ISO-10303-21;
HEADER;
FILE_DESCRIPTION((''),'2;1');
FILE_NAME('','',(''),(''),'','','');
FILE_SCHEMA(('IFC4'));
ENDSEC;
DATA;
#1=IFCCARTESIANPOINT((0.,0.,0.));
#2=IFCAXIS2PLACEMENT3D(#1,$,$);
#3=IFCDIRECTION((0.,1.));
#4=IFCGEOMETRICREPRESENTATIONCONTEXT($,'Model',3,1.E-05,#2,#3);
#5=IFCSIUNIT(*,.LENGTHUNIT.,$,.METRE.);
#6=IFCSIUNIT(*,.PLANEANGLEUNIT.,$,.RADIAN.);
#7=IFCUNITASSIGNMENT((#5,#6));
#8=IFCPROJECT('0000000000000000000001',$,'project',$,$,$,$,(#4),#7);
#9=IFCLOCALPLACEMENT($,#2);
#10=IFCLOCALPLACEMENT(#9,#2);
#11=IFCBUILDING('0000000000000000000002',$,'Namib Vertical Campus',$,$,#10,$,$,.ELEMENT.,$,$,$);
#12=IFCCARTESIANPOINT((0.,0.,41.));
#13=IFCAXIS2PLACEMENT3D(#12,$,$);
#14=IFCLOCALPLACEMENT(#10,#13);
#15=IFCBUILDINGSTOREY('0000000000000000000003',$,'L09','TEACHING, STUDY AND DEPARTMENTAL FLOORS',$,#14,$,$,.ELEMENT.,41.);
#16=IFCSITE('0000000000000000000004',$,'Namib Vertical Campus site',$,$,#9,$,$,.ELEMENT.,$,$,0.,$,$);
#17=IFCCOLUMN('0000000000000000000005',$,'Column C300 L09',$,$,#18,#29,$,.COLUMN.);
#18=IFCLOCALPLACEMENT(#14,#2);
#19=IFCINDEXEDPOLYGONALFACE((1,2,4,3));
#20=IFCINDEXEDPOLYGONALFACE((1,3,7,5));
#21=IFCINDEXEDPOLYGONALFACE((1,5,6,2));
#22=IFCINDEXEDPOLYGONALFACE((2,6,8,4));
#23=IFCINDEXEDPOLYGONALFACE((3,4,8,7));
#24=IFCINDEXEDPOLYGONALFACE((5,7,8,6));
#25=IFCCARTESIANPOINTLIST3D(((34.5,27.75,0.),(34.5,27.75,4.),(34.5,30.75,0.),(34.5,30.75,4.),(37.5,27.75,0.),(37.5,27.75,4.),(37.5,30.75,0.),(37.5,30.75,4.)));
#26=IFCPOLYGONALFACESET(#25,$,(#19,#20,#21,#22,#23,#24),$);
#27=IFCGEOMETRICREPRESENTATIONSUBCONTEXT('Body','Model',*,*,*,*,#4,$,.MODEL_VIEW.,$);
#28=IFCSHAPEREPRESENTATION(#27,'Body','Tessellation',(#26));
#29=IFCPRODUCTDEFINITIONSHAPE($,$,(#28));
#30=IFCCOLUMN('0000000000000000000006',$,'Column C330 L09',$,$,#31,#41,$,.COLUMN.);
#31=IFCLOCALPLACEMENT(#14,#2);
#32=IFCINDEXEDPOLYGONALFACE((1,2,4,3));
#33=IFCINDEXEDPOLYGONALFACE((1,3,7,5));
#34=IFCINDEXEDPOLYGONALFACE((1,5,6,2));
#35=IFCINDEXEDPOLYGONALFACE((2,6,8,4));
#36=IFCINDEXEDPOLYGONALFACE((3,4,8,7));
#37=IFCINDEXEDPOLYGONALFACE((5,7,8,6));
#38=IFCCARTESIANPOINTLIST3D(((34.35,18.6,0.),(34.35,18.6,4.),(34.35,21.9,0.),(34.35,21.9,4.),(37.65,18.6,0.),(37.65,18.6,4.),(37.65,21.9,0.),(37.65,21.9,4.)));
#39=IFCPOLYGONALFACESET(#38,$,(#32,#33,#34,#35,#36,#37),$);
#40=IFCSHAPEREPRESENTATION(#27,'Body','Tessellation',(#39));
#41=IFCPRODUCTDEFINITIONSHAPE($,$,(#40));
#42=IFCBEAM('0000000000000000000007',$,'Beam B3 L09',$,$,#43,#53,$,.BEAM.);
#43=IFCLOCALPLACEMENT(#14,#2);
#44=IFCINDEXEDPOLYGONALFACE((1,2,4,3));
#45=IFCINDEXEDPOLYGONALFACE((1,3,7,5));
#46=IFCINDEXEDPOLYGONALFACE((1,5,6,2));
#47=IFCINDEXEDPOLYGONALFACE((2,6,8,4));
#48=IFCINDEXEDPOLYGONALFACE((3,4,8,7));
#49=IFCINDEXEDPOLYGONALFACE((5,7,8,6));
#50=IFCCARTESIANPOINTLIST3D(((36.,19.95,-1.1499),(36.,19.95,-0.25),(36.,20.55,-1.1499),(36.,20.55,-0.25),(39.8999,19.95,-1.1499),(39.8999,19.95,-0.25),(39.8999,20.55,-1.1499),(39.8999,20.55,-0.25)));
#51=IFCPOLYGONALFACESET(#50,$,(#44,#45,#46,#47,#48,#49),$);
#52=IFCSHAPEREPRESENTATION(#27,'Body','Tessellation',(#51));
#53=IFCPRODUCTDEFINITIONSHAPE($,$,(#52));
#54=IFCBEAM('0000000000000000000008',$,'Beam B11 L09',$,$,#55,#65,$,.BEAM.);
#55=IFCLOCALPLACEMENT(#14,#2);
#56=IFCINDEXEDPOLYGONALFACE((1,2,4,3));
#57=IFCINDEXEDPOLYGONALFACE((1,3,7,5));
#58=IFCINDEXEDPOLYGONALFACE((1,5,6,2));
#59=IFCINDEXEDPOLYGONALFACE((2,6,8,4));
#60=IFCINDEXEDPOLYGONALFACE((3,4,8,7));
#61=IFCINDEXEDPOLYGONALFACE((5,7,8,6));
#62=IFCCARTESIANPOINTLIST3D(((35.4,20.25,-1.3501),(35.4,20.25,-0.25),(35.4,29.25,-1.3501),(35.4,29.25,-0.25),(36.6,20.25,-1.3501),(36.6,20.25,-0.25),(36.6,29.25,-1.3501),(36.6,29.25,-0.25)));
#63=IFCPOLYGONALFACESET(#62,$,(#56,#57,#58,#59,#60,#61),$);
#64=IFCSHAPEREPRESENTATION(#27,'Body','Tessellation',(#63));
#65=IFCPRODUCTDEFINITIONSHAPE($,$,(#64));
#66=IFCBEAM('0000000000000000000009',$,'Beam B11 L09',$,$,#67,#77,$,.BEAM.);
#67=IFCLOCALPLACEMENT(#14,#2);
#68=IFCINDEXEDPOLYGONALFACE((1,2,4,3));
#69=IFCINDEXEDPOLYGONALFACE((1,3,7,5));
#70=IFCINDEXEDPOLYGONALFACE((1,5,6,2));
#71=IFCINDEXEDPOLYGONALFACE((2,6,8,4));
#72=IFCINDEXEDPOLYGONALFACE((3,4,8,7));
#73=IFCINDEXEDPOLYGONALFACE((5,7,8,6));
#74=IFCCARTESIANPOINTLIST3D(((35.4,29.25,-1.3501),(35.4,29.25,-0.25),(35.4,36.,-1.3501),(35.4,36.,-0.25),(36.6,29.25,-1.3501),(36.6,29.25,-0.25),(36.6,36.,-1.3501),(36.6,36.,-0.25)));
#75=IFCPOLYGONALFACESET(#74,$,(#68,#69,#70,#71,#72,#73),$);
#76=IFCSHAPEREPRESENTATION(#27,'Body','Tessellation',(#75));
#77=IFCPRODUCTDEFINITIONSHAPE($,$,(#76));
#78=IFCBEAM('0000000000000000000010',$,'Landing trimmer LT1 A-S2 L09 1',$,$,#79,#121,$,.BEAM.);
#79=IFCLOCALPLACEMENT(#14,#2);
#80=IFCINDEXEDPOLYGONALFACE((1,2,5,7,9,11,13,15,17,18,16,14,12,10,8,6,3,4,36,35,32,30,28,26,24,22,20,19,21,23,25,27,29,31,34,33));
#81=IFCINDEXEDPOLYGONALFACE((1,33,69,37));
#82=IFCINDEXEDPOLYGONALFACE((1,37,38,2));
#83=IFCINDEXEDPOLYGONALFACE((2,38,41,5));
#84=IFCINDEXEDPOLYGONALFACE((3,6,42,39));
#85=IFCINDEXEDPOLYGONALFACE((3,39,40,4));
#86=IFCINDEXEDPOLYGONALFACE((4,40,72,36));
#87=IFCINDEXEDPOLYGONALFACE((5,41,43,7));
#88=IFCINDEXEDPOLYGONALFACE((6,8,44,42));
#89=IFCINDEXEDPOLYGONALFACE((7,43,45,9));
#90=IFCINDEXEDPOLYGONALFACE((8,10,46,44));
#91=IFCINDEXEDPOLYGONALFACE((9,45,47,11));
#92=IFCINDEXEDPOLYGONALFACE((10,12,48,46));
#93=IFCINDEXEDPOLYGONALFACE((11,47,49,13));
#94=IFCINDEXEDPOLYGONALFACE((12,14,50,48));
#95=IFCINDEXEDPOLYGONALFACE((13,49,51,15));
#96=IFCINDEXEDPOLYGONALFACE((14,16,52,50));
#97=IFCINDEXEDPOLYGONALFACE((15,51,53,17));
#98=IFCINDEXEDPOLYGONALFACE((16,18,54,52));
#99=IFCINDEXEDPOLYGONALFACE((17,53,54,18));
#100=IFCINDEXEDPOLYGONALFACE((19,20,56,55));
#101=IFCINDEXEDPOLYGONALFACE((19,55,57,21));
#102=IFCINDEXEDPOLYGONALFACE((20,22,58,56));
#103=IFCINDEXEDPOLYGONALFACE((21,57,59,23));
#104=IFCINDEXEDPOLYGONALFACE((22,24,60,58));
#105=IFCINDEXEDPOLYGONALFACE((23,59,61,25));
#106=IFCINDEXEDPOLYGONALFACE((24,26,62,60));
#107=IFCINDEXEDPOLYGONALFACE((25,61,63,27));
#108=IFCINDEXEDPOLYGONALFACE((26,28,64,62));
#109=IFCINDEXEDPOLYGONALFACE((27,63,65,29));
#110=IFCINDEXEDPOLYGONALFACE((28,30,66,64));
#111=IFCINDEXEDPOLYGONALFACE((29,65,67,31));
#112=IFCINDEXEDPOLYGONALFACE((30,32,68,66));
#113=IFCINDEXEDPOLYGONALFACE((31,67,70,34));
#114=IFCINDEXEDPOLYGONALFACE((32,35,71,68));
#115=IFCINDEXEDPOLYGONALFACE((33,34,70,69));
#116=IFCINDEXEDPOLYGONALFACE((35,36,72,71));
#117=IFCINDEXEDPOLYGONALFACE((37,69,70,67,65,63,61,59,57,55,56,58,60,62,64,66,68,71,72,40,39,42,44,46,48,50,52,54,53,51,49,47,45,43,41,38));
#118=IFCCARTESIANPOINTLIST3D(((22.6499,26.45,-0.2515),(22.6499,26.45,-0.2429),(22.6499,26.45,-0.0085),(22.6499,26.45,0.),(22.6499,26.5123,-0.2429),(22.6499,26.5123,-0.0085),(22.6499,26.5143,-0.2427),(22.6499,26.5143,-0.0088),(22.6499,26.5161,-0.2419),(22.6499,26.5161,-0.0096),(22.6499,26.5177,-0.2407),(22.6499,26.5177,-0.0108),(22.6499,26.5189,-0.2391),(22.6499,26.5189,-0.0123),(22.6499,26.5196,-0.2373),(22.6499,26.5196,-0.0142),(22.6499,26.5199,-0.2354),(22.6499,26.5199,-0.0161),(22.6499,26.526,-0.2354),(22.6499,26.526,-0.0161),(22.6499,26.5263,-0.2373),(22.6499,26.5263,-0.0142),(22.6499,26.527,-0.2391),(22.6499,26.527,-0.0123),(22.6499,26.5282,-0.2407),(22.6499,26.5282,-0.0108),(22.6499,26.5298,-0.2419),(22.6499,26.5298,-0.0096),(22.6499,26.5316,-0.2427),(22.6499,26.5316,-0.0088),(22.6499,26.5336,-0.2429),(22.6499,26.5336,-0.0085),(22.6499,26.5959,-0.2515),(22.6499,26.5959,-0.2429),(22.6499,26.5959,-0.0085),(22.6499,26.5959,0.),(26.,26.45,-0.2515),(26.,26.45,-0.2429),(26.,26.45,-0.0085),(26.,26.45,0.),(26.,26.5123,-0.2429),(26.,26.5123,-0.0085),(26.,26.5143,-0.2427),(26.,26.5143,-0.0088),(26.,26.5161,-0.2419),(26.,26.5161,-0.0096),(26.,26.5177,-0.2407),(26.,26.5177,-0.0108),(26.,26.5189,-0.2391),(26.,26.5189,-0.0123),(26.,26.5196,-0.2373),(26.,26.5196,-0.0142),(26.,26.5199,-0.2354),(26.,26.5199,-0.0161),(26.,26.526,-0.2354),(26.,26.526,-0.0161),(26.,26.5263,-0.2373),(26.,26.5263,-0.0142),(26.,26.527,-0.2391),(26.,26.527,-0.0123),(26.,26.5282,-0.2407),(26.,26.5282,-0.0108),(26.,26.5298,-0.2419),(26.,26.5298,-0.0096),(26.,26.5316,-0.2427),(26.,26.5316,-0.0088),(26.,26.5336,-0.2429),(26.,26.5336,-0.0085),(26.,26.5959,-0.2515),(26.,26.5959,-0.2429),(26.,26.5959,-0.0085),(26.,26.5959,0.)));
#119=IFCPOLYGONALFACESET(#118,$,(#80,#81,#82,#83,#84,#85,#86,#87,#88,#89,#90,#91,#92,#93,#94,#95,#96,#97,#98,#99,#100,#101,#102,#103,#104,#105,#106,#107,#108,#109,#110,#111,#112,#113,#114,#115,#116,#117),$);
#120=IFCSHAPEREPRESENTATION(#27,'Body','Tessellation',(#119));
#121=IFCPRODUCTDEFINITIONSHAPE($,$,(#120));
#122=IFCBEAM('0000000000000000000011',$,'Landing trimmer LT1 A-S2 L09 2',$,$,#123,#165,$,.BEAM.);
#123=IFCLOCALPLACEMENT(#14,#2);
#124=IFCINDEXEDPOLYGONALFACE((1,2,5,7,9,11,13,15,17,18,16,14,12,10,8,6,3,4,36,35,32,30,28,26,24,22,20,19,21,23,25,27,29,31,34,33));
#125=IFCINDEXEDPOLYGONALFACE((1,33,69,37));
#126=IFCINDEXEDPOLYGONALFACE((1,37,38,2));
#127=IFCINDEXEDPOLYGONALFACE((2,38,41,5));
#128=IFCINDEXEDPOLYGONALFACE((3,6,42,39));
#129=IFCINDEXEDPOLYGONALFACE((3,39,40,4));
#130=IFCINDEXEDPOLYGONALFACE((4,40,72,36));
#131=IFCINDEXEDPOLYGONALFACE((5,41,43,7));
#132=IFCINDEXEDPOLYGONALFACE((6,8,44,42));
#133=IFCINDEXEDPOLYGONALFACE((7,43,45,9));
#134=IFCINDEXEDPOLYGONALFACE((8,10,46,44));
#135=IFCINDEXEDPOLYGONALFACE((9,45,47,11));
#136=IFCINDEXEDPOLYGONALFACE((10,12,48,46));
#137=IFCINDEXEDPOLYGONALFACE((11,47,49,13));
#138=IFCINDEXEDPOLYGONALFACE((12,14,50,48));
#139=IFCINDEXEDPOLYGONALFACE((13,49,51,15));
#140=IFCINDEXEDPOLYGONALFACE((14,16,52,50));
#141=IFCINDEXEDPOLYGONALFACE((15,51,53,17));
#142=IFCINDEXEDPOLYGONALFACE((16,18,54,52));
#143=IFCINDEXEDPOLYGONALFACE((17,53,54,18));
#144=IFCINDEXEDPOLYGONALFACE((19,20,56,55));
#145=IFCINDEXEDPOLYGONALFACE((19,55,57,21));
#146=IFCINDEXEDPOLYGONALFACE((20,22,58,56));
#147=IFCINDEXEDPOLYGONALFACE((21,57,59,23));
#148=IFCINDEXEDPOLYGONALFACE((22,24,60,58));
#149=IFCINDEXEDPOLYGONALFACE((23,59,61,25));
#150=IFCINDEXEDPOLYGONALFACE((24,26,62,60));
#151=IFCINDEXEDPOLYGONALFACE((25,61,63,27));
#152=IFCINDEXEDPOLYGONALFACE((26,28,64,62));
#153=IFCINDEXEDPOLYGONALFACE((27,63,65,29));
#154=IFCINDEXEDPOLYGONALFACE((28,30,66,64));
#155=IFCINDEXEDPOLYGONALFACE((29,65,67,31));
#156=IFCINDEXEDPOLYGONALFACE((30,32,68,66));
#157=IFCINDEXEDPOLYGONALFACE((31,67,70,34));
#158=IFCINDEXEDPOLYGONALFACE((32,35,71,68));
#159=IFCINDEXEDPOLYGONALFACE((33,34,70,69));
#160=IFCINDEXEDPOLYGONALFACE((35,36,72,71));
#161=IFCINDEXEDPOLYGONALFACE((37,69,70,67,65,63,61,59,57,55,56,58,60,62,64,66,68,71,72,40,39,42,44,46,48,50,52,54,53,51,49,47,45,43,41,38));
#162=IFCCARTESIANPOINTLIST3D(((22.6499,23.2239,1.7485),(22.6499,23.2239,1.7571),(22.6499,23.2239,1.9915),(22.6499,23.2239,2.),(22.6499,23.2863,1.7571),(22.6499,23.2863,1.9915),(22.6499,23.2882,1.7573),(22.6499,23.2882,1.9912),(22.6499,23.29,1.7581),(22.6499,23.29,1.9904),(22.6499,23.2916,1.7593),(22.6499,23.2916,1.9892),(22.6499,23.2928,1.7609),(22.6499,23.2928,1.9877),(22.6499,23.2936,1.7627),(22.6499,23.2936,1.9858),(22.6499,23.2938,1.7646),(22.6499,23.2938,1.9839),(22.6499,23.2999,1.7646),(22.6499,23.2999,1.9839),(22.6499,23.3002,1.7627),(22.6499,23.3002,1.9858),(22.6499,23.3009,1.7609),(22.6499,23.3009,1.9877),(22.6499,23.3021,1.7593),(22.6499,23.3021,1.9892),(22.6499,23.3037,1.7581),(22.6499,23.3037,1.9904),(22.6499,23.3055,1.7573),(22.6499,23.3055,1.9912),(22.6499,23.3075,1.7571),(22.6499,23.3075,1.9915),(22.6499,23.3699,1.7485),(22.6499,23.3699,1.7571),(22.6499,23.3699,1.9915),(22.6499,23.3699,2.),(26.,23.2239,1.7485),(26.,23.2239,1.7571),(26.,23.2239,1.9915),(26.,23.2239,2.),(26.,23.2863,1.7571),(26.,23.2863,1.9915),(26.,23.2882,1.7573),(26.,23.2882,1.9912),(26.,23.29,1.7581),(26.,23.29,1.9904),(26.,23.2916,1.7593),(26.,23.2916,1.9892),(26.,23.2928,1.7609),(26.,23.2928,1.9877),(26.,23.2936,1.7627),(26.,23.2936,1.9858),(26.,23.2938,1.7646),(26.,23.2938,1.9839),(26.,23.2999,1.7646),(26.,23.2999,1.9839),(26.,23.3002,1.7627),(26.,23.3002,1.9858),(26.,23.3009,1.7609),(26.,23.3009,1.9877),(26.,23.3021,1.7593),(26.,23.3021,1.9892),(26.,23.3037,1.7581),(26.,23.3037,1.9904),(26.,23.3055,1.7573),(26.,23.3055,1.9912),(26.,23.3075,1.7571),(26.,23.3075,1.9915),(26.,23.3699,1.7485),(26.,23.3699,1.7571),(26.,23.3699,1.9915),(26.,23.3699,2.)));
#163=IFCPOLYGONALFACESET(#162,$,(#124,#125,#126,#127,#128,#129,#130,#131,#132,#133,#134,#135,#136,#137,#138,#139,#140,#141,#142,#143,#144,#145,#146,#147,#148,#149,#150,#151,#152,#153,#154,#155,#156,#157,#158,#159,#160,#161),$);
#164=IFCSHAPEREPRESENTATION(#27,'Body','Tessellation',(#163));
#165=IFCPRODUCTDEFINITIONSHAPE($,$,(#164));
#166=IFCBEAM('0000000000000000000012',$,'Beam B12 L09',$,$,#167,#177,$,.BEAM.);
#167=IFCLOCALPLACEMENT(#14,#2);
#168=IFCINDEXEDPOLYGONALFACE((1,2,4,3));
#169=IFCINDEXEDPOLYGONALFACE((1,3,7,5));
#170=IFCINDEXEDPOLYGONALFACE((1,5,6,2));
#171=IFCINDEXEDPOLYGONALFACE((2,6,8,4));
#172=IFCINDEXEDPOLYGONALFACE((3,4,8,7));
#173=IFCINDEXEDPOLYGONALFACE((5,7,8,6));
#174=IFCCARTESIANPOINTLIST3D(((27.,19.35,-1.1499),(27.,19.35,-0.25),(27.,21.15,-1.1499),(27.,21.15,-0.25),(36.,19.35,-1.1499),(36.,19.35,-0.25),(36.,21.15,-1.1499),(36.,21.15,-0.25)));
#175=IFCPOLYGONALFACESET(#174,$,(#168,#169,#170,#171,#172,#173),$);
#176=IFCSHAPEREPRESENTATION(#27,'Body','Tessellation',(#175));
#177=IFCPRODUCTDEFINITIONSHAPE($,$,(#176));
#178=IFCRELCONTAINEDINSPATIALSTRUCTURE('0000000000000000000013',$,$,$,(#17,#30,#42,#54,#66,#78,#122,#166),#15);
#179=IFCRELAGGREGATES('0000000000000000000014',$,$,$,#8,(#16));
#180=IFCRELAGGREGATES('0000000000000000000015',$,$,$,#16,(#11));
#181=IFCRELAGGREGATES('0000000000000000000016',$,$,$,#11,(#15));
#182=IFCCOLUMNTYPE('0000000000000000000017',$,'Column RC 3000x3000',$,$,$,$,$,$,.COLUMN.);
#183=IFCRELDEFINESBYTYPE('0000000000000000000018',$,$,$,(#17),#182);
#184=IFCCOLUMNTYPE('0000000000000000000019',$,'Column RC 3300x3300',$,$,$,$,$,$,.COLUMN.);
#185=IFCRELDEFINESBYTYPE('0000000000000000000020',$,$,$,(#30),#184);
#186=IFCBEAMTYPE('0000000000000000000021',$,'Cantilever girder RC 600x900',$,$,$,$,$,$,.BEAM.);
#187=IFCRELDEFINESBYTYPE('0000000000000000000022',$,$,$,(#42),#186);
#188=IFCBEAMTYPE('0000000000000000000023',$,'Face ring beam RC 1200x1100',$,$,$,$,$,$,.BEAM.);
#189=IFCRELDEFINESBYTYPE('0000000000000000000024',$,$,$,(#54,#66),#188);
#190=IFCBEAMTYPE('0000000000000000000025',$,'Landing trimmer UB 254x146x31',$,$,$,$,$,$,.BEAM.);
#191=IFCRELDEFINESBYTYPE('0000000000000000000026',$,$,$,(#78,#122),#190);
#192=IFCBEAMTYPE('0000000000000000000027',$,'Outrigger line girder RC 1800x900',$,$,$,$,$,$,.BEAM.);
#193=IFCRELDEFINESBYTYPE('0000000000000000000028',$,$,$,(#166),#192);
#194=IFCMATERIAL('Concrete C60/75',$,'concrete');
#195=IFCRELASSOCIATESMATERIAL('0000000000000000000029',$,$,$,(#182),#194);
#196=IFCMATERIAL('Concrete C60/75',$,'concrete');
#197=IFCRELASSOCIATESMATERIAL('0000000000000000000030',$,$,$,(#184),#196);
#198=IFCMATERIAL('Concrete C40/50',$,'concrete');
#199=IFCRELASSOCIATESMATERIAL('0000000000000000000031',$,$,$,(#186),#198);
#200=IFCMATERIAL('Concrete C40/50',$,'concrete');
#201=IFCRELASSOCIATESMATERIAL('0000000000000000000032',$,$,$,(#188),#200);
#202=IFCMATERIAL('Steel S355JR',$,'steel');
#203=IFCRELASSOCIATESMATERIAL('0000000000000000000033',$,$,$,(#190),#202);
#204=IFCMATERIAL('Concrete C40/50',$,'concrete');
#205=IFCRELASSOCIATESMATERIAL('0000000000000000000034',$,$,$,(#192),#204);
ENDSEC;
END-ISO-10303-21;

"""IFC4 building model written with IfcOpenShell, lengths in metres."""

from ifc_helpers import new_model, si_unit, direction, frame, origin, origin_2d, place, context, subcontext, project, spatial, rectangle, i_section, extrude, material, material_profile, profile_set, type_object, element, save


model = new_model("IFC4")

# Units and contexts
model_context = context("Model", 3, precision=1e-05, world=origin(), true_north=direction((0.0, 1.0)))
body_context = subcontext(model_context, "Body", "Model", "MODEL_VIEW")
ifc_project = project(units=[si_unit("LENGTHUNIT", "METRE"), si_unit("PLANEANGLEUNIT", "RADIAN")], contexts=[model_context])

# Site, building, storey
site_placement = place(None, origin())
site = spatial("IfcSite", under=ifc_project, at=site_placement, Name="Namib Vertical Campus site", CompositionType="ELEMENT", RefElevation=0.0)
building_placement = place(site_placement, origin())
building = spatial("IfcBuilding", under=site, at=building_placement, Name="Namib Vertical Campus", CompositionType="ELEMENT")
storey_placement = place(building_placement, frame((0.0, 0.0, 41.0)))
storey = spatial("IfcBuildingStorey", under=building, at=storey_placement, Name="L09", Description="TEACHING, STUDY AND DEPARTMENTAL FLOORS", CompositionType="ELEMENT", Elevation=41.0)

# Columns
ifc_material_1 = material(Name="Concrete C60/75", Category="concrete")
ifc_material_profile_1 = material_profile(ifc_material_1, rectangle(XDim=3.0, YDim=3.0, at=origin_2d()))
ifc_profile_set_1 = profile_set([ifc_material_profile_1], Name="Concrete C60/75")
column_type_1 = type_object("IfcColumnType", Name="Column RC 3000x3000", PredefinedType="COLUMN", material=ifc_profile_set_1)
column_1_placement = place(storey_placement, frame((36.0, 29.25, 0.0), z_axis=(0.0, 0.0, 1.0), x_axis=(1.0, 0.0, 0.0)))
element("IfcColumn", 1, at=column_1_placement, inside=storey, type_object=column_type_1, Name="Column C300 L09", PredefinedType="COLUMN", context=body_context, shape_type="SweptSolid", body=[
    extrude(rectangle(XDim=3.0, YDim=3.0, at=origin_2d()), origin(), (0.0, 0.0, 1.0), 4.0),
])
ifc_material_2 = material(Name="Concrete C60/75", Category="concrete")
ifc_material_profile_2 = material_profile(ifc_material_2, rectangle(XDim=3.3, YDim=3.3, at=origin_2d()))
ifc_profile_set_2 = profile_set([ifc_material_profile_2], Name="Concrete C60/75")
column_type_2 = type_object("IfcColumnType", Name="Column RC 3300x3300", PredefinedType="COLUMN", material=ifc_profile_set_2)
column_2_placement = place(storey_placement, frame((36.0, 20.25, 0.0), z_axis=(0.0, 0.0, 1.0), x_axis=(1.0, 0.0, 0.0)))
element("IfcColumn", 2, at=column_2_placement, inside=storey, type_object=column_type_2, Name="Column C330 L09", PredefinedType="COLUMN", context=body_context, shape_type="SweptSolid", body=[
    extrude(rectangle(XDim=3.3, YDim=3.3, at=origin_2d()), origin(), (0.0, 0.0, 1.0), 4.0),
])

# Beams
ifc_material_3 = material(Name="Concrete C40/50", Category="concrete")
ifc_material_profile_3 = material_profile(ifc_material_3, rectangle(XDim=0.6001, YDim=0.8999, at=origin_2d()))
ifc_profile_set_3 = profile_set([ifc_material_profile_3], Name="Concrete C40/50")
beam_type_1 = type_object("IfcBeamType", Name="Cantilever girder RC 600x900", PredefinedType="BEAM", material=ifc_profile_set_3)
beam_1_placement = place(storey_placement, frame((36.0, 20.25, -0.7), z_axis=(1.0, 0.0, 0.0), x_axis=(0.0, 1.0, 0.0)))
element("IfcBeam", 3, at=beam_1_placement, inside=storey, type_object=beam_type_1, Name="Beam B3 L09", PredefinedType="BEAM", context=body_context, shape_type="SweptSolid", body=[
    extrude(rectangle(XDim=0.6001, YDim=0.8999, at=origin_2d()), origin(), (0.0, 0.0, 1.0), 3.8999),
])
ifc_material_4 = material(Name="Concrete C40/50", Category="concrete")
ifc_material_profile_4 = material_profile(ifc_material_4, rectangle(XDim=1.2, YDim=1.1001, at=origin_2d()))
ifc_profile_set_4 = profile_set([ifc_material_profile_4], Name="Concrete C40/50")
beam_type_2 = type_object("IfcBeamType", Name="Face ring beam RC 1200x1100", PredefinedType="BEAM", material=ifc_profile_set_4)
beam_2_placement = place(storey_placement, frame((36.0, 20.25, -0.8), z_axis=(0.0, 1.0, 0.0), x_axis=(-1.0, 0.0, 0.0)))
element("IfcBeam", 4, at=beam_2_placement, inside=storey, type_object=beam_type_2, Name="Beam B11 L09", PredefinedType="BEAM", context=body_context, shape_type="SweptSolid", body=[
    extrude(rectangle(XDim=1.2, YDim=1.1001, at=origin_2d()), origin(), (0.0, 0.0, 1.0), 9.0),
])
beam_3_placement = place(storey_placement, frame((36.0, 29.25, -0.8), z_axis=(0.0, 1.0, 0.0), x_axis=(-1.0, 0.0, 0.0)))
element("IfcBeam", 5, at=beam_3_placement, inside=storey, type_object=beam_type_2, Name="Beam B11 L09", PredefinedType="BEAM", context=body_context, shape_type="SweptSolid", body=[
    extrude(rectangle(XDim=1.2, YDim=1.1001, at=origin_2d()), origin(), (0.0, 0.0, 1.0), 6.75),
])
ifc_material_5 = material(Name="Steel S355JR", Category="steel")
ifc_material_profile_5 = material_profile(ifc_material_5, i_section(OverallWidth=0.146, OverallDepth=0.2515, WebThickness=0.0061, FlangeThickness=0.0085, FilletRadius=0.0076, at=origin_2d()))
ifc_profile_set_5 = profile_set([ifc_material_profile_5], Name="Steel S355JR")
beam_type_3 = type_object("IfcBeamType", Name="Landing trimmer UB 254x146x31", PredefinedType="BEAM", material=ifc_profile_set_5)
for number, where, z_axis, x_axis, name in (
    (6, (22.6499, 26.5229, -0.1257), (1.0, 0.0, 0.0), (0.0, 1.0, 0.0), "Landing trimmer LT1 A-S2 L09 1"),
    (7, (22.6499, 23.2969, 1.8743), (1.0, 0.0, 0.0), (0.0, 1.0, 0.0), "Landing trimmer LT1 A-S2 L09 2"),
):
    element("IfcBeam", number, at=place(storey_placement, frame(where, z_axis=z_axis, x_axis=x_axis)), inside=storey, type_object=beam_type_3, Name=name, PredefinedType="BEAM", context=body_context, shape_type="SweptSolid", body=[
        extrude(i_section(OverallWidth=0.146, OverallDepth=0.2515, WebThickness=0.0061, FlangeThickness=0.0085, FilletRadius=0.0076, at=origin_2d()), origin(), (0.0, 0.0, 1.0), 3.3501),
    ])
ifc_material_6 = material(Name="Concrete C40/50", Category="concrete")
ifc_material_profile_6 = material_profile(ifc_material_6, rectangle(XDim=1.8, YDim=0.8999, at=origin_2d()))
ifc_profile_set_6 = profile_set([ifc_material_profile_6], Name="Concrete C40/50")
beam_type_4 = type_object("IfcBeamType", Name="Outrigger line girder RC 1800x900", PredefinedType="BEAM", material=ifc_profile_set_6)
beam_4_placement = place(storey_placement, frame((36.0, 20.25, -0.7), z_axis=(-1.0, 0.0, 0.0), x_axis=(0.0, -1.0, 0.0)))
element("IfcBeam", 8, at=beam_4_placement, inside=storey, type_object=beam_type_4, Name="Beam B12 L09", PredefinedType="BEAM", context=body_context, shape_type="SweptSolid", body=[
    extrude(rectangle(XDim=1.8, YDim=0.8999, at=origin_2d()), origin(), (0.0, 0.0, 1.0), 9.0),
])

save(model, "model.ifc")
